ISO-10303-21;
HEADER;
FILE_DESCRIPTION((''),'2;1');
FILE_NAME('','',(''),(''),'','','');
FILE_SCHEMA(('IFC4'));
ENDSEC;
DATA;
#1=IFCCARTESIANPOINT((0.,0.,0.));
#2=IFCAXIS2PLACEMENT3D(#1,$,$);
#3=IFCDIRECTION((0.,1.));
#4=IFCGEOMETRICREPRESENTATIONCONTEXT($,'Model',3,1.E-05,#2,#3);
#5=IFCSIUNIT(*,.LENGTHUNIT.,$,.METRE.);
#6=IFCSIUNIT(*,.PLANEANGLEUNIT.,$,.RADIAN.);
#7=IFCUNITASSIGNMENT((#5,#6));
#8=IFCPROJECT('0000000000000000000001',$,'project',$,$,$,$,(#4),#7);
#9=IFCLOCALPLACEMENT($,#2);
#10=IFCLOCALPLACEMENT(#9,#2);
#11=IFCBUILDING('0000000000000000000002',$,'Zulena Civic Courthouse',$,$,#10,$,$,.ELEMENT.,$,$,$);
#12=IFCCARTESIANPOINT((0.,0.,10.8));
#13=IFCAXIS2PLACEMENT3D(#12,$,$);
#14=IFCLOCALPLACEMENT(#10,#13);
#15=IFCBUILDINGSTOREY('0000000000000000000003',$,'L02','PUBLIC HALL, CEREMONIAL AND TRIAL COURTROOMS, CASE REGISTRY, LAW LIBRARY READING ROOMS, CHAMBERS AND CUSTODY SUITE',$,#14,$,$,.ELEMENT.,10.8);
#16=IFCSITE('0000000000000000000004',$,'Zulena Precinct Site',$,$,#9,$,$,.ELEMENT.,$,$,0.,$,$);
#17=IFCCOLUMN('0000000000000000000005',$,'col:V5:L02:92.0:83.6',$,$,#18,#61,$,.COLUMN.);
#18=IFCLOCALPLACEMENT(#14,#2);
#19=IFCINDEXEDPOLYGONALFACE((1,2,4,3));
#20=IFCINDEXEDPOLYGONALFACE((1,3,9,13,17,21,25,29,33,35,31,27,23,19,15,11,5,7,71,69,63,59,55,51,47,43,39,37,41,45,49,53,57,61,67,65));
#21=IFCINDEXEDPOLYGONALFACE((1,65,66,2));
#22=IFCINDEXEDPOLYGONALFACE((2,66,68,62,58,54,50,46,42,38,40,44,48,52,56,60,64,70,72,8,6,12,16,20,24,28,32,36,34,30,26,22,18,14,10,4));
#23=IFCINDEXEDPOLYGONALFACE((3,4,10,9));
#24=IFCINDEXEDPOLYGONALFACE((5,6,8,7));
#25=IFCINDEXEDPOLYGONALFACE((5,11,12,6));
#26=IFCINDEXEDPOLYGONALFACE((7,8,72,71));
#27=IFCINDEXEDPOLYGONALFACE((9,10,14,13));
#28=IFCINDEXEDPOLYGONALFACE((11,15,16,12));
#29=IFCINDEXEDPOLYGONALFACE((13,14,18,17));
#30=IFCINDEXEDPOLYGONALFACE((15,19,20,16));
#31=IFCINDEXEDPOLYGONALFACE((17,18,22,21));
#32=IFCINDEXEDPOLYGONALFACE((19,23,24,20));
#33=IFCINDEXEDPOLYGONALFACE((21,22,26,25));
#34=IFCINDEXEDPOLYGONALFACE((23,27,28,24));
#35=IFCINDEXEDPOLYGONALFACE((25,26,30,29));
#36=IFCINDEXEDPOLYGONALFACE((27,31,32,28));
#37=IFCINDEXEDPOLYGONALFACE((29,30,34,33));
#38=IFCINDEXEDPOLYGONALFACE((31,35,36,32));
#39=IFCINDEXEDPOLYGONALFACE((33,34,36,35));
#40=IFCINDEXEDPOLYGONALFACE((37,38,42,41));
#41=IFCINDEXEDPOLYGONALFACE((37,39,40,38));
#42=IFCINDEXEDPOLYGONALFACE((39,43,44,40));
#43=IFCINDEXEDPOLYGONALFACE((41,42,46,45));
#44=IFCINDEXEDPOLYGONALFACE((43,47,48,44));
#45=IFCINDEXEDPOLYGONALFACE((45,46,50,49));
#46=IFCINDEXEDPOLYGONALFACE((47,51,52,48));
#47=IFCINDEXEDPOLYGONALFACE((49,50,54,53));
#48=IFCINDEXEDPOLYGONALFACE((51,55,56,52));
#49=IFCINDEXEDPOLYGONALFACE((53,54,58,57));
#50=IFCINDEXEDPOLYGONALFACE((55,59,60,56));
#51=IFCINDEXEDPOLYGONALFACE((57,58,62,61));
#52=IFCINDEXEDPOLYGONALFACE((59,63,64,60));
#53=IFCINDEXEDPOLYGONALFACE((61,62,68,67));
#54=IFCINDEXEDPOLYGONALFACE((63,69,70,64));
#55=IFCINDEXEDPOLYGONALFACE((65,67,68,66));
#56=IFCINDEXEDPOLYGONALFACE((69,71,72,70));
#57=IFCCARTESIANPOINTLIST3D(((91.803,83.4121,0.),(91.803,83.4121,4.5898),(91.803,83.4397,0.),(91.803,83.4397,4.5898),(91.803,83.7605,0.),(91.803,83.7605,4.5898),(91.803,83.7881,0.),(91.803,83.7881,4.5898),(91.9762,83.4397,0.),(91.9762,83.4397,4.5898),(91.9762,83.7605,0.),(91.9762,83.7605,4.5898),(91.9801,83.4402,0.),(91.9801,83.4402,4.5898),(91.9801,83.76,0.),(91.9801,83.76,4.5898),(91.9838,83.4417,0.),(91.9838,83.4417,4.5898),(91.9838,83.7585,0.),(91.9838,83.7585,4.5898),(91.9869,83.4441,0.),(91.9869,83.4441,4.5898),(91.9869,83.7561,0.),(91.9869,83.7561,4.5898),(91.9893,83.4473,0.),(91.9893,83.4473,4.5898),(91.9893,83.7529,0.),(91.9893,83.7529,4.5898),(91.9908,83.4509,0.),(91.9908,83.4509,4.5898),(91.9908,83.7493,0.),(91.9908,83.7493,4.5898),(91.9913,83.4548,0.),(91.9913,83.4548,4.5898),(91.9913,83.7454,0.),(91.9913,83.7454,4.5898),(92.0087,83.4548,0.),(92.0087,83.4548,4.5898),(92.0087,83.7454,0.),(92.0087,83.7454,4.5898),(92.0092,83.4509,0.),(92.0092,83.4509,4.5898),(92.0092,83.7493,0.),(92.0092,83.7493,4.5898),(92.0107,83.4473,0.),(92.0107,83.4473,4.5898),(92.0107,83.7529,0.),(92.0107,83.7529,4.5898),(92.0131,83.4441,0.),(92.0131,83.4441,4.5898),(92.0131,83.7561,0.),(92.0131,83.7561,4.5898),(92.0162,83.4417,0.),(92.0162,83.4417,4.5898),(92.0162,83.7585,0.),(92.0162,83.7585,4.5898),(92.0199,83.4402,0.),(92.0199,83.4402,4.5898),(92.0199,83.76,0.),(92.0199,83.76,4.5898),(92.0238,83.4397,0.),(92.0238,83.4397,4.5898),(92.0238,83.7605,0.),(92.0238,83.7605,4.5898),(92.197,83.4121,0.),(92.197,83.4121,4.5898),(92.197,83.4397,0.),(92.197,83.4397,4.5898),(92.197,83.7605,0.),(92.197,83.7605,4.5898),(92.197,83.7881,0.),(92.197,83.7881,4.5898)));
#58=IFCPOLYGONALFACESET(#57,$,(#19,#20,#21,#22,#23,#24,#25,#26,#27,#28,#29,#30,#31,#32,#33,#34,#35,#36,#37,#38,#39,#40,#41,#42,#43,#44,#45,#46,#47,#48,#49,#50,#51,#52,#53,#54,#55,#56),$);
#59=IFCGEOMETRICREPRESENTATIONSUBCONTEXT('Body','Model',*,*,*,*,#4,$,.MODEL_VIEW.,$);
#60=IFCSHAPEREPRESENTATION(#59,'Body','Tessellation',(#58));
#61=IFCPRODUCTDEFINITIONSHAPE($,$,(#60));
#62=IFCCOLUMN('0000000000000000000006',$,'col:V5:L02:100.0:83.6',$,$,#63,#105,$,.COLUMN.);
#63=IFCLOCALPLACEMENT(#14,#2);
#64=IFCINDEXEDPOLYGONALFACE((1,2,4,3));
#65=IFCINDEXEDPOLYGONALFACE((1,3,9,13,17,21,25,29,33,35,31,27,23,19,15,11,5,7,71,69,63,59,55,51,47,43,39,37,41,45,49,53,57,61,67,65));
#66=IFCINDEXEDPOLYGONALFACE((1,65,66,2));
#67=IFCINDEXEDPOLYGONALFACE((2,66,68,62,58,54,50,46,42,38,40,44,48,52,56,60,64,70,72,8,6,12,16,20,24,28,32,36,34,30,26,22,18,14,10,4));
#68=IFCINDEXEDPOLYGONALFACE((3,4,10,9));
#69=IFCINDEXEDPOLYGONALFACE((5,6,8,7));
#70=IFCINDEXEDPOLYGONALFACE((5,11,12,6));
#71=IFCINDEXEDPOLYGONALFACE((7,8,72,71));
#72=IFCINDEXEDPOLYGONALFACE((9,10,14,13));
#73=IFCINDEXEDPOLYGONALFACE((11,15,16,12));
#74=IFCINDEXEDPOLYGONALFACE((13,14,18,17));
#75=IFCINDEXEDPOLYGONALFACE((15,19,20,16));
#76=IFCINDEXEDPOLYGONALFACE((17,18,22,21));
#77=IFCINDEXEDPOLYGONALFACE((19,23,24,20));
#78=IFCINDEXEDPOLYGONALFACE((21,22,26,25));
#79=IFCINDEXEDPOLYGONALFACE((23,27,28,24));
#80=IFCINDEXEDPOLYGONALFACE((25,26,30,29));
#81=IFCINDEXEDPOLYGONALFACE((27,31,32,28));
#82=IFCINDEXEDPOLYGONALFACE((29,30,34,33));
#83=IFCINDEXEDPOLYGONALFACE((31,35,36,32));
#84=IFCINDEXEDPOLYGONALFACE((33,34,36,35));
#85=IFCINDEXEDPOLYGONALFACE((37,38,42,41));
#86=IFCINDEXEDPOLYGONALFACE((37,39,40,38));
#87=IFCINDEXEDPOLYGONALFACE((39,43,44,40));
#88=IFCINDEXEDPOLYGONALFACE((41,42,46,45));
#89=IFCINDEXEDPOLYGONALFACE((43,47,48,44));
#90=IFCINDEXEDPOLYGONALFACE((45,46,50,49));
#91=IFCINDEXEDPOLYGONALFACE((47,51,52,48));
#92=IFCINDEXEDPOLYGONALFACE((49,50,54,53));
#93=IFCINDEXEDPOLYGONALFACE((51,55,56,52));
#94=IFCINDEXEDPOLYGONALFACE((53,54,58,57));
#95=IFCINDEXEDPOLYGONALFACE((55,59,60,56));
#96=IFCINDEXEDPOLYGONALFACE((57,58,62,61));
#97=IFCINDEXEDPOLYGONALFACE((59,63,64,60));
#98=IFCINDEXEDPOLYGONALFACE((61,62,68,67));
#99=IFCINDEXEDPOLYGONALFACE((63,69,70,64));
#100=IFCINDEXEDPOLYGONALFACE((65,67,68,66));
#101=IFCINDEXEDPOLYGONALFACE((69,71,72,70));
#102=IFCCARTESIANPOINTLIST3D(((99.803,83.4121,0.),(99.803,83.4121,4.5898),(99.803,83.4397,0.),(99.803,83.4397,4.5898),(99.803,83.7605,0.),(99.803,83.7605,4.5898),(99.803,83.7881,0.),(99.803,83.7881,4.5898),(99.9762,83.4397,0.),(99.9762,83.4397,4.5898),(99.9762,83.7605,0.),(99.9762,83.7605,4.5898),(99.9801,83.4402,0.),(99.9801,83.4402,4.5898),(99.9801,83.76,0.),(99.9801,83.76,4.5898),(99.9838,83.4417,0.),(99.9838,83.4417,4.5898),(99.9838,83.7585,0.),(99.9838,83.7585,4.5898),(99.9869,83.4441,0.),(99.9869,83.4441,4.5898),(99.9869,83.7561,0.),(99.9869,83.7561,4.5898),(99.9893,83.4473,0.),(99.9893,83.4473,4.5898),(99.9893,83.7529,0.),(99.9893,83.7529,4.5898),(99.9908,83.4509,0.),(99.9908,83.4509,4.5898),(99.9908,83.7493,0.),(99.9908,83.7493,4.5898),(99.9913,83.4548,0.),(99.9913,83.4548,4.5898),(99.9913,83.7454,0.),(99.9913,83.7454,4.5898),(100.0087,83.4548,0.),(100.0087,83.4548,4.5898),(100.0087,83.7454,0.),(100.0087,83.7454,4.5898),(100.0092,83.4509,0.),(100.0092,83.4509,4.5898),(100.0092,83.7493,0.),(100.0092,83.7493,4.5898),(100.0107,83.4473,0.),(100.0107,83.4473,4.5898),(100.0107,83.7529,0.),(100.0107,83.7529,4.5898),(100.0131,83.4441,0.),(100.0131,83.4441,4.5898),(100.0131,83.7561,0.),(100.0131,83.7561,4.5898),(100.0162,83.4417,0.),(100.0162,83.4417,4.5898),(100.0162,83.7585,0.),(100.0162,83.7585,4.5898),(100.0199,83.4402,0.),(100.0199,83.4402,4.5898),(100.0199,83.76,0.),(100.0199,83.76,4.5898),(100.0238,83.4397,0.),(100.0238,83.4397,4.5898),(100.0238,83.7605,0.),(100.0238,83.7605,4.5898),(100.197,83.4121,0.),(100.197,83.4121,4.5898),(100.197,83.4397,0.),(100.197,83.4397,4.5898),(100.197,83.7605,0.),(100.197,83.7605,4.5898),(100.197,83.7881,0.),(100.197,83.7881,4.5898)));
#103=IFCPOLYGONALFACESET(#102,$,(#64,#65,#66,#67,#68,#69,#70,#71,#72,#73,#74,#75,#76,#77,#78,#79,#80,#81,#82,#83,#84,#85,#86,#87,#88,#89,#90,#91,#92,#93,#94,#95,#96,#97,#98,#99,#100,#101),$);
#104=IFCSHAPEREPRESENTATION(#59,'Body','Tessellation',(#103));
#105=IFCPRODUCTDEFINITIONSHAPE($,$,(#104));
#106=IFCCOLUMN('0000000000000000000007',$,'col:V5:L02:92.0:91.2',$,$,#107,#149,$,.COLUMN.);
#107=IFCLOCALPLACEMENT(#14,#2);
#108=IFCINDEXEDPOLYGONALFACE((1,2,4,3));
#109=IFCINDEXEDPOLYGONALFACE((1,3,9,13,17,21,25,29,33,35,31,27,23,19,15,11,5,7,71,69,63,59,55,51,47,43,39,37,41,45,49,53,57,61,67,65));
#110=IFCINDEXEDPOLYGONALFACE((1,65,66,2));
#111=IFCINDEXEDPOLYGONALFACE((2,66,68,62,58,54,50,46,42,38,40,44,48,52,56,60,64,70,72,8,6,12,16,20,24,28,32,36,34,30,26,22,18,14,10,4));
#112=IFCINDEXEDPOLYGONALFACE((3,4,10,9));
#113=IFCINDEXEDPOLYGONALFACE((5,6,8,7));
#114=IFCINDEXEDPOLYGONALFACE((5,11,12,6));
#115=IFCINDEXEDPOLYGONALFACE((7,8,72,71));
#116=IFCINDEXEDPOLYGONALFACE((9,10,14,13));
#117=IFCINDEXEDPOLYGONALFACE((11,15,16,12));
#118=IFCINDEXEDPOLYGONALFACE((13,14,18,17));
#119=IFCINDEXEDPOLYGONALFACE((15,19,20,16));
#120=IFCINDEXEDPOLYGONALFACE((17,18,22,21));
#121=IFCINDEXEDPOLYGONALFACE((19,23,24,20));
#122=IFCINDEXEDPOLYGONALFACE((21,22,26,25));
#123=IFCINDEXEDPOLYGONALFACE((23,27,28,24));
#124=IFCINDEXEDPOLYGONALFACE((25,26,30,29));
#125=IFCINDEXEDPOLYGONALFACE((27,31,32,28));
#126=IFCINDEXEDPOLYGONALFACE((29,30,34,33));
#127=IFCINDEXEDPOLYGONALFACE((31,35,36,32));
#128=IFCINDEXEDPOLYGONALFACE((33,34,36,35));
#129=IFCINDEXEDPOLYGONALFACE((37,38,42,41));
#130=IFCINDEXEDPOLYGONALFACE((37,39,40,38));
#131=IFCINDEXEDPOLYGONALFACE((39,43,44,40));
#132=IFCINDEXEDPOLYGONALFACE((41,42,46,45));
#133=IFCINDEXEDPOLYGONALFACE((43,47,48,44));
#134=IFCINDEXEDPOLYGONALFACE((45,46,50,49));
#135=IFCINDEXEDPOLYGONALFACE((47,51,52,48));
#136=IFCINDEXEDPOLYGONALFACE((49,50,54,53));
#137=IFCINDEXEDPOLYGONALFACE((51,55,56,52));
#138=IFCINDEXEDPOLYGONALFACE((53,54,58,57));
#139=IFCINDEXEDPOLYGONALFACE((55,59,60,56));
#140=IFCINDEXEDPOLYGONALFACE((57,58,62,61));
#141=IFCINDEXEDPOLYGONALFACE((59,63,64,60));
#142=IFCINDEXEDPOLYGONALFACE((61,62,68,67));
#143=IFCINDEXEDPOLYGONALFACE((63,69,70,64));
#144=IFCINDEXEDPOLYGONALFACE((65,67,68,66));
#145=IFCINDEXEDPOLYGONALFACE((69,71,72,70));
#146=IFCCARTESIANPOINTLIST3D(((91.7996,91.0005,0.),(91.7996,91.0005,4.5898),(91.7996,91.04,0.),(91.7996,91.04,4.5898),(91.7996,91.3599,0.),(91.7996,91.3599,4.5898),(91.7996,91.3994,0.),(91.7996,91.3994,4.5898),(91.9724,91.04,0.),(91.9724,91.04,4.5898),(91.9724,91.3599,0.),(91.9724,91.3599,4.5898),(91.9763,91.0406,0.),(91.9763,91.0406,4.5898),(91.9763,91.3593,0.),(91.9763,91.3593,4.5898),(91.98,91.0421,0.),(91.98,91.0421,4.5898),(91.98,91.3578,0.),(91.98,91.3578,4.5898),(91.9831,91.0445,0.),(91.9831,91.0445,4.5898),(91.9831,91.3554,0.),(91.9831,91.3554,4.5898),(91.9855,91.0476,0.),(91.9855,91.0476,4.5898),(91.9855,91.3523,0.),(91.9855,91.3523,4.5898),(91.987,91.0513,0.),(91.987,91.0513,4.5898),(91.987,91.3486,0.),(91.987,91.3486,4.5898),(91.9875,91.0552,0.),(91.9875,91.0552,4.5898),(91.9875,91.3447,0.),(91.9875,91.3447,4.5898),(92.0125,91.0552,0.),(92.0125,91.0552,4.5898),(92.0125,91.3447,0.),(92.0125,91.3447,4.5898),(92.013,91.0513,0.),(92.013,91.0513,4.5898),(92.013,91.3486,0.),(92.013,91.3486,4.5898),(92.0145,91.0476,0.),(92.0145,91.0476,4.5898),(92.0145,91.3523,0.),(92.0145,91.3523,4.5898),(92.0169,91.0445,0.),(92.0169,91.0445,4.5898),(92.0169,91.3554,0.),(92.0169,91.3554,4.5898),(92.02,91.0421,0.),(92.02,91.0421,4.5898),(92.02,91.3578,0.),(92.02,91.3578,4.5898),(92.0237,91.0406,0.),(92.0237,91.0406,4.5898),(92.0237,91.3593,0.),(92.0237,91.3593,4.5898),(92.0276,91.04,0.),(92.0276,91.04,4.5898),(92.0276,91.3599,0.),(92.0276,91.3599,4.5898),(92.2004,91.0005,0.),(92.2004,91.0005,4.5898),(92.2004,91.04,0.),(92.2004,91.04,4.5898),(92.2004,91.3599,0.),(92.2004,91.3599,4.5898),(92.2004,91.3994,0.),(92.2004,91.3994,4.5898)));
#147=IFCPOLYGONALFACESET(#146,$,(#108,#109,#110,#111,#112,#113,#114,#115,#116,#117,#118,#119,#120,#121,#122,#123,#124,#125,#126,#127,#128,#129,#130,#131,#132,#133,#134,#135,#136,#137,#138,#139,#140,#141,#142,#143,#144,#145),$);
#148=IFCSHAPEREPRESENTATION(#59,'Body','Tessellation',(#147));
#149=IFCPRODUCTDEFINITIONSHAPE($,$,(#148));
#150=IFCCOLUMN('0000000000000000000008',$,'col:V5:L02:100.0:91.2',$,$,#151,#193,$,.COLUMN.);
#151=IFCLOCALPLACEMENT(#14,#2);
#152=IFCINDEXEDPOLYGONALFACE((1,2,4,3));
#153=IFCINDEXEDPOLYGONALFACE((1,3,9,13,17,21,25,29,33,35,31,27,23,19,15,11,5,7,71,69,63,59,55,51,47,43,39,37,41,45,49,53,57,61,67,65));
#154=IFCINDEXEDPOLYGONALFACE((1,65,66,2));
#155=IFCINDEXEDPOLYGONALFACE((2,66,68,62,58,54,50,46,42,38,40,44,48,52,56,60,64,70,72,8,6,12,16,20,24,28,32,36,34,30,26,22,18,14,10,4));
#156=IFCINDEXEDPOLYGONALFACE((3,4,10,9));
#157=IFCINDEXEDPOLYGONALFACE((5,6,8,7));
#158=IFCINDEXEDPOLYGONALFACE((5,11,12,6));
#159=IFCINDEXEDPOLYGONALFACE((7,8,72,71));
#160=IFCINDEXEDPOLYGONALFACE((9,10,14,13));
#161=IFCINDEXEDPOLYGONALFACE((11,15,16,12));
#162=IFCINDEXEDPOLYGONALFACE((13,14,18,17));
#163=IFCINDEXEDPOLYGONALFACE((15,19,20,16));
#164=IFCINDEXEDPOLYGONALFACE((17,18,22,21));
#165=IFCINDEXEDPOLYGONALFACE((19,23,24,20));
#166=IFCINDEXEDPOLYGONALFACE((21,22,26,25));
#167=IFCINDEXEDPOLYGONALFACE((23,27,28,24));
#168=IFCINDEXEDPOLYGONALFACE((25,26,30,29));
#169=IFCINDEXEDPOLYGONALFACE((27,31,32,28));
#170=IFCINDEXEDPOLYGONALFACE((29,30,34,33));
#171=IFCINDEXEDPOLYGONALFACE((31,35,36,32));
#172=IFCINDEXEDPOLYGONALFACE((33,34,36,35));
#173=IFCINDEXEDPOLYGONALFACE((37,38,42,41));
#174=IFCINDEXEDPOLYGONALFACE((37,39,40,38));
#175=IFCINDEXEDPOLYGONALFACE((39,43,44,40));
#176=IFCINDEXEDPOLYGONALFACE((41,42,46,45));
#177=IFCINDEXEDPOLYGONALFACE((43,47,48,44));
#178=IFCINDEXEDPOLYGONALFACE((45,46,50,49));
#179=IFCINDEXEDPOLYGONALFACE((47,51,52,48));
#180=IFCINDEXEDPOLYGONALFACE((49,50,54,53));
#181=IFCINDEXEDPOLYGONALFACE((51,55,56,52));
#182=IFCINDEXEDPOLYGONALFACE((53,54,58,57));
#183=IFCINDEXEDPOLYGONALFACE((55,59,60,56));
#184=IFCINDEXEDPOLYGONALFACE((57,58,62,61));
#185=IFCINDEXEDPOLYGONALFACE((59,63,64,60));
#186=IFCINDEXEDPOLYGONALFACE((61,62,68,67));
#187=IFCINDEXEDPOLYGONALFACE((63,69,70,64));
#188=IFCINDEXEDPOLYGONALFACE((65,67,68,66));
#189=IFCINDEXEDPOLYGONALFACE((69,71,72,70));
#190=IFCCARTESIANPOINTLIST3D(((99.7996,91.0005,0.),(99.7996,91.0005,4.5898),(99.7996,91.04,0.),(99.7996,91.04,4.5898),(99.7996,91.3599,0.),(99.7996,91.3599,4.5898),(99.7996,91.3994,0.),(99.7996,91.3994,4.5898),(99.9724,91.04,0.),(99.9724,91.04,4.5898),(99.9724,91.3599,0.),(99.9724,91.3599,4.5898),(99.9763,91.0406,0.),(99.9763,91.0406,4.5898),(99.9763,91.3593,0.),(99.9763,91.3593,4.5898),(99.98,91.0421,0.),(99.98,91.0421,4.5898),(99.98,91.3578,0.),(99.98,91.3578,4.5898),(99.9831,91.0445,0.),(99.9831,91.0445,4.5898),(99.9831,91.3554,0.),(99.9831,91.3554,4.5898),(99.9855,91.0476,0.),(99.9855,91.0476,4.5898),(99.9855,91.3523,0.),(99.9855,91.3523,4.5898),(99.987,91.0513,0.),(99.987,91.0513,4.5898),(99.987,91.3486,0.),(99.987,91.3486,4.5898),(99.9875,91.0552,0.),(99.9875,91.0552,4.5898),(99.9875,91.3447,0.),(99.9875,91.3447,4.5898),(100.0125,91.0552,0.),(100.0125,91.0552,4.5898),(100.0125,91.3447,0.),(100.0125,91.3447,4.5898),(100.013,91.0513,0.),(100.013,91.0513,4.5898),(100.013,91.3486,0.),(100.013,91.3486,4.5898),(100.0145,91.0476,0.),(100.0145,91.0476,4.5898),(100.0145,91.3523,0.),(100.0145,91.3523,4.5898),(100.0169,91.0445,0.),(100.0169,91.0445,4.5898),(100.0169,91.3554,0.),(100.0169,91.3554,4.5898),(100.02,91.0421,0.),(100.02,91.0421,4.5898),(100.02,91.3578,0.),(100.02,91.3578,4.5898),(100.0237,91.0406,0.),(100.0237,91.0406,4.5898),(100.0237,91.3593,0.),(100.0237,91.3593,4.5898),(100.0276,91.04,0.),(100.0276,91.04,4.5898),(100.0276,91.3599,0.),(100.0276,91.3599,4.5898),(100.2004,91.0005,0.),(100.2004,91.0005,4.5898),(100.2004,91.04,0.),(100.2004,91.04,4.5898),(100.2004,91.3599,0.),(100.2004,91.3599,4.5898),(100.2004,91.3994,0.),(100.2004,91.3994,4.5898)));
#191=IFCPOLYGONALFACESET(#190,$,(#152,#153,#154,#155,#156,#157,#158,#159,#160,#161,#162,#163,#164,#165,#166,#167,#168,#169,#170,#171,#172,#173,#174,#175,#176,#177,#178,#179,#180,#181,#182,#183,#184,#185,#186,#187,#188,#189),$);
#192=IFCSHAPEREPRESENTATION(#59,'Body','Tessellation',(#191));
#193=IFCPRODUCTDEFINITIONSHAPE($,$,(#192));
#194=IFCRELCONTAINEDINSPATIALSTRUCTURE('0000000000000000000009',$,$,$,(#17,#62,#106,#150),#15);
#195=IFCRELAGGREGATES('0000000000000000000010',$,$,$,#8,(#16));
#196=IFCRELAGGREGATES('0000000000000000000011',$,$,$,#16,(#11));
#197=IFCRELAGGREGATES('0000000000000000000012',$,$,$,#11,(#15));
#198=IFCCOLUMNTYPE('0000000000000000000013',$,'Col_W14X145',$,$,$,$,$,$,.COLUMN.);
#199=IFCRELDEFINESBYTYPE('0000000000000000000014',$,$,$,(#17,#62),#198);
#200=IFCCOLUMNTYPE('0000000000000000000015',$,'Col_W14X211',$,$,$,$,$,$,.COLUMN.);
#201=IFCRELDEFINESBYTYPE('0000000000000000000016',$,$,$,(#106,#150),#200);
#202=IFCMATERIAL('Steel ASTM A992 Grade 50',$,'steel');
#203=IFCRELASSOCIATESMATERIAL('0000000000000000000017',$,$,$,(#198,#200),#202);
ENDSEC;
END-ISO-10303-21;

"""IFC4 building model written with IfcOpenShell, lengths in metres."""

from ifc_helpers import new_model, si_unit, direction, frame, origin, origin_2d, place, context, subcontext, project, spatial, i_section, extrude, material, material_profile, profile_set, type_object, element, save


model = new_model("IFC4")

# Units and contexts
model_context = context("Model", 3, precision=1e-05, world=origin(), true_north=direction((0.0, 1.0)))
body_context = subcontext(model_context, "Body", "Model", "MODEL_VIEW")
ifc_project = project(units=[si_unit("LENGTHUNIT", "METRE"), si_unit("PLANEANGLEUNIT", "RADIAN")], contexts=[model_context])

# Site, building, storey
site_placement = place(None, origin())
site = spatial("IfcSite", under=ifc_project, at=site_placement, Name="Zulena Precinct Site", CompositionType="ELEMENT", RefElevation=0.0)
building_placement = place(site_placement, origin())
building = spatial("IfcBuilding", under=site, at=building_placement, Name="Zulena Civic Courthouse", CompositionType="ELEMENT")
storey_placement = place(building_placement, frame((0.0, 0.0, 10.8)))
storey = spatial("IfcBuildingStorey", under=building, at=storey_placement, Name="L02", Description="PUBLIC HALL, CEREMONIAL AND TRIAL COURTROOMS, CASE REGISTRY, LAW LIBRARY READING ROOMS, CHAMBERS AND CUSTODY SUITE", CompositionType="ELEMENT", Elevation=10.8)

# Columns
ifc_material_1 = material(Name="Steel ASTM A992 Grade 50", Category="steel")
ifc_material_profile_1 = material_profile(ifc_material_1, i_section(OverallWidth=0.394, OverallDepth=0.376, WebThickness=0.0173, FlangeThickness=0.0276, FilletRadius=0.0151, at=origin_2d()), Name="W14X145")
ifc_profile_set_1 = profile_set([ifc_material_profile_1], Name="Steel ASTM A992 Grade 50")
column_type_1 = type_object("IfcColumnType", Name="Col_W14X145", PredefinedType="COLUMN", material=ifc_profile_set_1)
for number, where, z_axis, x_axis, name in (
    (1, (92.0, 83.6001, 0.0), (0.0, 0.0, 1.0), (1.0, 0.0, 0.0), "col:V5:L02:92.0:83.6"),
    (2, (100.0, 83.6001, 0.0), (0.0, 0.0, 1.0), (1.0, 0.0, 0.0), "col:V5:L02:100.0:83.6"),
):
    element("IfcColumn", number, at=place(storey_placement, frame(where, z_axis=z_axis, x_axis=x_axis)), inside=storey, type_object=column_type_1, Name=name, PredefinedType="COLUMN", context=body_context, shape_type="SweptSolid", body=[
        extrude(i_section(OverallWidth=0.394, OverallDepth=0.376, WebThickness=0.0173, FlangeThickness=0.0276, FilletRadius=0.0151, at=origin_2d()), origin(), (0.0, 0.0, 1.0), 4.5898),
    ])
ifc_material_profile_2 = material_profile(ifc_material_1, i_section(OverallWidth=0.4009, OverallDepth=0.3989, WebThickness=0.0249, FlangeThickness=0.0396, FilletRadius=0.0151, at=origin_2d()), Name="W14X211")
ifc_profile_set_2 = profile_set([ifc_material_profile_2], Name="Steel ASTM A992 Grade 50")
column_type_2 = type_object("IfcColumnType", Name="Col_W14X211", PredefinedType="COLUMN", material=ifc_profile_set_2)
for number, where, z_axis, x_axis, name in (
    (3, (92.0, 91.2, 0.0), (0.0, 0.0, 1.0), (1.0, 0.0, 0.0), "col:V5:L02:92.0:91.2"),
    (4, (100.0, 91.2, 0.0), (0.0, 0.0, 1.0), (1.0, 0.0, 0.0), "col:V5:L02:100.0:91.2"),
):
    element("IfcColumn", number, at=place(storey_placement, frame(where, z_axis=z_axis, x_axis=x_axis)), inside=storey, type_object=column_type_2, Name=name, PredefinedType="COLUMN", context=body_context, shape_type="SweptSolid", body=[
        extrude(i_section(OverallWidth=0.4009, OverallDepth=0.3989, WebThickness=0.0249, FlangeThickness=0.0396, FilletRadius=0.0151, at=origin_2d()), origin(), (0.0, 0.0, 1.0), 4.5898),
    ])

save(model, "model.ifc")
